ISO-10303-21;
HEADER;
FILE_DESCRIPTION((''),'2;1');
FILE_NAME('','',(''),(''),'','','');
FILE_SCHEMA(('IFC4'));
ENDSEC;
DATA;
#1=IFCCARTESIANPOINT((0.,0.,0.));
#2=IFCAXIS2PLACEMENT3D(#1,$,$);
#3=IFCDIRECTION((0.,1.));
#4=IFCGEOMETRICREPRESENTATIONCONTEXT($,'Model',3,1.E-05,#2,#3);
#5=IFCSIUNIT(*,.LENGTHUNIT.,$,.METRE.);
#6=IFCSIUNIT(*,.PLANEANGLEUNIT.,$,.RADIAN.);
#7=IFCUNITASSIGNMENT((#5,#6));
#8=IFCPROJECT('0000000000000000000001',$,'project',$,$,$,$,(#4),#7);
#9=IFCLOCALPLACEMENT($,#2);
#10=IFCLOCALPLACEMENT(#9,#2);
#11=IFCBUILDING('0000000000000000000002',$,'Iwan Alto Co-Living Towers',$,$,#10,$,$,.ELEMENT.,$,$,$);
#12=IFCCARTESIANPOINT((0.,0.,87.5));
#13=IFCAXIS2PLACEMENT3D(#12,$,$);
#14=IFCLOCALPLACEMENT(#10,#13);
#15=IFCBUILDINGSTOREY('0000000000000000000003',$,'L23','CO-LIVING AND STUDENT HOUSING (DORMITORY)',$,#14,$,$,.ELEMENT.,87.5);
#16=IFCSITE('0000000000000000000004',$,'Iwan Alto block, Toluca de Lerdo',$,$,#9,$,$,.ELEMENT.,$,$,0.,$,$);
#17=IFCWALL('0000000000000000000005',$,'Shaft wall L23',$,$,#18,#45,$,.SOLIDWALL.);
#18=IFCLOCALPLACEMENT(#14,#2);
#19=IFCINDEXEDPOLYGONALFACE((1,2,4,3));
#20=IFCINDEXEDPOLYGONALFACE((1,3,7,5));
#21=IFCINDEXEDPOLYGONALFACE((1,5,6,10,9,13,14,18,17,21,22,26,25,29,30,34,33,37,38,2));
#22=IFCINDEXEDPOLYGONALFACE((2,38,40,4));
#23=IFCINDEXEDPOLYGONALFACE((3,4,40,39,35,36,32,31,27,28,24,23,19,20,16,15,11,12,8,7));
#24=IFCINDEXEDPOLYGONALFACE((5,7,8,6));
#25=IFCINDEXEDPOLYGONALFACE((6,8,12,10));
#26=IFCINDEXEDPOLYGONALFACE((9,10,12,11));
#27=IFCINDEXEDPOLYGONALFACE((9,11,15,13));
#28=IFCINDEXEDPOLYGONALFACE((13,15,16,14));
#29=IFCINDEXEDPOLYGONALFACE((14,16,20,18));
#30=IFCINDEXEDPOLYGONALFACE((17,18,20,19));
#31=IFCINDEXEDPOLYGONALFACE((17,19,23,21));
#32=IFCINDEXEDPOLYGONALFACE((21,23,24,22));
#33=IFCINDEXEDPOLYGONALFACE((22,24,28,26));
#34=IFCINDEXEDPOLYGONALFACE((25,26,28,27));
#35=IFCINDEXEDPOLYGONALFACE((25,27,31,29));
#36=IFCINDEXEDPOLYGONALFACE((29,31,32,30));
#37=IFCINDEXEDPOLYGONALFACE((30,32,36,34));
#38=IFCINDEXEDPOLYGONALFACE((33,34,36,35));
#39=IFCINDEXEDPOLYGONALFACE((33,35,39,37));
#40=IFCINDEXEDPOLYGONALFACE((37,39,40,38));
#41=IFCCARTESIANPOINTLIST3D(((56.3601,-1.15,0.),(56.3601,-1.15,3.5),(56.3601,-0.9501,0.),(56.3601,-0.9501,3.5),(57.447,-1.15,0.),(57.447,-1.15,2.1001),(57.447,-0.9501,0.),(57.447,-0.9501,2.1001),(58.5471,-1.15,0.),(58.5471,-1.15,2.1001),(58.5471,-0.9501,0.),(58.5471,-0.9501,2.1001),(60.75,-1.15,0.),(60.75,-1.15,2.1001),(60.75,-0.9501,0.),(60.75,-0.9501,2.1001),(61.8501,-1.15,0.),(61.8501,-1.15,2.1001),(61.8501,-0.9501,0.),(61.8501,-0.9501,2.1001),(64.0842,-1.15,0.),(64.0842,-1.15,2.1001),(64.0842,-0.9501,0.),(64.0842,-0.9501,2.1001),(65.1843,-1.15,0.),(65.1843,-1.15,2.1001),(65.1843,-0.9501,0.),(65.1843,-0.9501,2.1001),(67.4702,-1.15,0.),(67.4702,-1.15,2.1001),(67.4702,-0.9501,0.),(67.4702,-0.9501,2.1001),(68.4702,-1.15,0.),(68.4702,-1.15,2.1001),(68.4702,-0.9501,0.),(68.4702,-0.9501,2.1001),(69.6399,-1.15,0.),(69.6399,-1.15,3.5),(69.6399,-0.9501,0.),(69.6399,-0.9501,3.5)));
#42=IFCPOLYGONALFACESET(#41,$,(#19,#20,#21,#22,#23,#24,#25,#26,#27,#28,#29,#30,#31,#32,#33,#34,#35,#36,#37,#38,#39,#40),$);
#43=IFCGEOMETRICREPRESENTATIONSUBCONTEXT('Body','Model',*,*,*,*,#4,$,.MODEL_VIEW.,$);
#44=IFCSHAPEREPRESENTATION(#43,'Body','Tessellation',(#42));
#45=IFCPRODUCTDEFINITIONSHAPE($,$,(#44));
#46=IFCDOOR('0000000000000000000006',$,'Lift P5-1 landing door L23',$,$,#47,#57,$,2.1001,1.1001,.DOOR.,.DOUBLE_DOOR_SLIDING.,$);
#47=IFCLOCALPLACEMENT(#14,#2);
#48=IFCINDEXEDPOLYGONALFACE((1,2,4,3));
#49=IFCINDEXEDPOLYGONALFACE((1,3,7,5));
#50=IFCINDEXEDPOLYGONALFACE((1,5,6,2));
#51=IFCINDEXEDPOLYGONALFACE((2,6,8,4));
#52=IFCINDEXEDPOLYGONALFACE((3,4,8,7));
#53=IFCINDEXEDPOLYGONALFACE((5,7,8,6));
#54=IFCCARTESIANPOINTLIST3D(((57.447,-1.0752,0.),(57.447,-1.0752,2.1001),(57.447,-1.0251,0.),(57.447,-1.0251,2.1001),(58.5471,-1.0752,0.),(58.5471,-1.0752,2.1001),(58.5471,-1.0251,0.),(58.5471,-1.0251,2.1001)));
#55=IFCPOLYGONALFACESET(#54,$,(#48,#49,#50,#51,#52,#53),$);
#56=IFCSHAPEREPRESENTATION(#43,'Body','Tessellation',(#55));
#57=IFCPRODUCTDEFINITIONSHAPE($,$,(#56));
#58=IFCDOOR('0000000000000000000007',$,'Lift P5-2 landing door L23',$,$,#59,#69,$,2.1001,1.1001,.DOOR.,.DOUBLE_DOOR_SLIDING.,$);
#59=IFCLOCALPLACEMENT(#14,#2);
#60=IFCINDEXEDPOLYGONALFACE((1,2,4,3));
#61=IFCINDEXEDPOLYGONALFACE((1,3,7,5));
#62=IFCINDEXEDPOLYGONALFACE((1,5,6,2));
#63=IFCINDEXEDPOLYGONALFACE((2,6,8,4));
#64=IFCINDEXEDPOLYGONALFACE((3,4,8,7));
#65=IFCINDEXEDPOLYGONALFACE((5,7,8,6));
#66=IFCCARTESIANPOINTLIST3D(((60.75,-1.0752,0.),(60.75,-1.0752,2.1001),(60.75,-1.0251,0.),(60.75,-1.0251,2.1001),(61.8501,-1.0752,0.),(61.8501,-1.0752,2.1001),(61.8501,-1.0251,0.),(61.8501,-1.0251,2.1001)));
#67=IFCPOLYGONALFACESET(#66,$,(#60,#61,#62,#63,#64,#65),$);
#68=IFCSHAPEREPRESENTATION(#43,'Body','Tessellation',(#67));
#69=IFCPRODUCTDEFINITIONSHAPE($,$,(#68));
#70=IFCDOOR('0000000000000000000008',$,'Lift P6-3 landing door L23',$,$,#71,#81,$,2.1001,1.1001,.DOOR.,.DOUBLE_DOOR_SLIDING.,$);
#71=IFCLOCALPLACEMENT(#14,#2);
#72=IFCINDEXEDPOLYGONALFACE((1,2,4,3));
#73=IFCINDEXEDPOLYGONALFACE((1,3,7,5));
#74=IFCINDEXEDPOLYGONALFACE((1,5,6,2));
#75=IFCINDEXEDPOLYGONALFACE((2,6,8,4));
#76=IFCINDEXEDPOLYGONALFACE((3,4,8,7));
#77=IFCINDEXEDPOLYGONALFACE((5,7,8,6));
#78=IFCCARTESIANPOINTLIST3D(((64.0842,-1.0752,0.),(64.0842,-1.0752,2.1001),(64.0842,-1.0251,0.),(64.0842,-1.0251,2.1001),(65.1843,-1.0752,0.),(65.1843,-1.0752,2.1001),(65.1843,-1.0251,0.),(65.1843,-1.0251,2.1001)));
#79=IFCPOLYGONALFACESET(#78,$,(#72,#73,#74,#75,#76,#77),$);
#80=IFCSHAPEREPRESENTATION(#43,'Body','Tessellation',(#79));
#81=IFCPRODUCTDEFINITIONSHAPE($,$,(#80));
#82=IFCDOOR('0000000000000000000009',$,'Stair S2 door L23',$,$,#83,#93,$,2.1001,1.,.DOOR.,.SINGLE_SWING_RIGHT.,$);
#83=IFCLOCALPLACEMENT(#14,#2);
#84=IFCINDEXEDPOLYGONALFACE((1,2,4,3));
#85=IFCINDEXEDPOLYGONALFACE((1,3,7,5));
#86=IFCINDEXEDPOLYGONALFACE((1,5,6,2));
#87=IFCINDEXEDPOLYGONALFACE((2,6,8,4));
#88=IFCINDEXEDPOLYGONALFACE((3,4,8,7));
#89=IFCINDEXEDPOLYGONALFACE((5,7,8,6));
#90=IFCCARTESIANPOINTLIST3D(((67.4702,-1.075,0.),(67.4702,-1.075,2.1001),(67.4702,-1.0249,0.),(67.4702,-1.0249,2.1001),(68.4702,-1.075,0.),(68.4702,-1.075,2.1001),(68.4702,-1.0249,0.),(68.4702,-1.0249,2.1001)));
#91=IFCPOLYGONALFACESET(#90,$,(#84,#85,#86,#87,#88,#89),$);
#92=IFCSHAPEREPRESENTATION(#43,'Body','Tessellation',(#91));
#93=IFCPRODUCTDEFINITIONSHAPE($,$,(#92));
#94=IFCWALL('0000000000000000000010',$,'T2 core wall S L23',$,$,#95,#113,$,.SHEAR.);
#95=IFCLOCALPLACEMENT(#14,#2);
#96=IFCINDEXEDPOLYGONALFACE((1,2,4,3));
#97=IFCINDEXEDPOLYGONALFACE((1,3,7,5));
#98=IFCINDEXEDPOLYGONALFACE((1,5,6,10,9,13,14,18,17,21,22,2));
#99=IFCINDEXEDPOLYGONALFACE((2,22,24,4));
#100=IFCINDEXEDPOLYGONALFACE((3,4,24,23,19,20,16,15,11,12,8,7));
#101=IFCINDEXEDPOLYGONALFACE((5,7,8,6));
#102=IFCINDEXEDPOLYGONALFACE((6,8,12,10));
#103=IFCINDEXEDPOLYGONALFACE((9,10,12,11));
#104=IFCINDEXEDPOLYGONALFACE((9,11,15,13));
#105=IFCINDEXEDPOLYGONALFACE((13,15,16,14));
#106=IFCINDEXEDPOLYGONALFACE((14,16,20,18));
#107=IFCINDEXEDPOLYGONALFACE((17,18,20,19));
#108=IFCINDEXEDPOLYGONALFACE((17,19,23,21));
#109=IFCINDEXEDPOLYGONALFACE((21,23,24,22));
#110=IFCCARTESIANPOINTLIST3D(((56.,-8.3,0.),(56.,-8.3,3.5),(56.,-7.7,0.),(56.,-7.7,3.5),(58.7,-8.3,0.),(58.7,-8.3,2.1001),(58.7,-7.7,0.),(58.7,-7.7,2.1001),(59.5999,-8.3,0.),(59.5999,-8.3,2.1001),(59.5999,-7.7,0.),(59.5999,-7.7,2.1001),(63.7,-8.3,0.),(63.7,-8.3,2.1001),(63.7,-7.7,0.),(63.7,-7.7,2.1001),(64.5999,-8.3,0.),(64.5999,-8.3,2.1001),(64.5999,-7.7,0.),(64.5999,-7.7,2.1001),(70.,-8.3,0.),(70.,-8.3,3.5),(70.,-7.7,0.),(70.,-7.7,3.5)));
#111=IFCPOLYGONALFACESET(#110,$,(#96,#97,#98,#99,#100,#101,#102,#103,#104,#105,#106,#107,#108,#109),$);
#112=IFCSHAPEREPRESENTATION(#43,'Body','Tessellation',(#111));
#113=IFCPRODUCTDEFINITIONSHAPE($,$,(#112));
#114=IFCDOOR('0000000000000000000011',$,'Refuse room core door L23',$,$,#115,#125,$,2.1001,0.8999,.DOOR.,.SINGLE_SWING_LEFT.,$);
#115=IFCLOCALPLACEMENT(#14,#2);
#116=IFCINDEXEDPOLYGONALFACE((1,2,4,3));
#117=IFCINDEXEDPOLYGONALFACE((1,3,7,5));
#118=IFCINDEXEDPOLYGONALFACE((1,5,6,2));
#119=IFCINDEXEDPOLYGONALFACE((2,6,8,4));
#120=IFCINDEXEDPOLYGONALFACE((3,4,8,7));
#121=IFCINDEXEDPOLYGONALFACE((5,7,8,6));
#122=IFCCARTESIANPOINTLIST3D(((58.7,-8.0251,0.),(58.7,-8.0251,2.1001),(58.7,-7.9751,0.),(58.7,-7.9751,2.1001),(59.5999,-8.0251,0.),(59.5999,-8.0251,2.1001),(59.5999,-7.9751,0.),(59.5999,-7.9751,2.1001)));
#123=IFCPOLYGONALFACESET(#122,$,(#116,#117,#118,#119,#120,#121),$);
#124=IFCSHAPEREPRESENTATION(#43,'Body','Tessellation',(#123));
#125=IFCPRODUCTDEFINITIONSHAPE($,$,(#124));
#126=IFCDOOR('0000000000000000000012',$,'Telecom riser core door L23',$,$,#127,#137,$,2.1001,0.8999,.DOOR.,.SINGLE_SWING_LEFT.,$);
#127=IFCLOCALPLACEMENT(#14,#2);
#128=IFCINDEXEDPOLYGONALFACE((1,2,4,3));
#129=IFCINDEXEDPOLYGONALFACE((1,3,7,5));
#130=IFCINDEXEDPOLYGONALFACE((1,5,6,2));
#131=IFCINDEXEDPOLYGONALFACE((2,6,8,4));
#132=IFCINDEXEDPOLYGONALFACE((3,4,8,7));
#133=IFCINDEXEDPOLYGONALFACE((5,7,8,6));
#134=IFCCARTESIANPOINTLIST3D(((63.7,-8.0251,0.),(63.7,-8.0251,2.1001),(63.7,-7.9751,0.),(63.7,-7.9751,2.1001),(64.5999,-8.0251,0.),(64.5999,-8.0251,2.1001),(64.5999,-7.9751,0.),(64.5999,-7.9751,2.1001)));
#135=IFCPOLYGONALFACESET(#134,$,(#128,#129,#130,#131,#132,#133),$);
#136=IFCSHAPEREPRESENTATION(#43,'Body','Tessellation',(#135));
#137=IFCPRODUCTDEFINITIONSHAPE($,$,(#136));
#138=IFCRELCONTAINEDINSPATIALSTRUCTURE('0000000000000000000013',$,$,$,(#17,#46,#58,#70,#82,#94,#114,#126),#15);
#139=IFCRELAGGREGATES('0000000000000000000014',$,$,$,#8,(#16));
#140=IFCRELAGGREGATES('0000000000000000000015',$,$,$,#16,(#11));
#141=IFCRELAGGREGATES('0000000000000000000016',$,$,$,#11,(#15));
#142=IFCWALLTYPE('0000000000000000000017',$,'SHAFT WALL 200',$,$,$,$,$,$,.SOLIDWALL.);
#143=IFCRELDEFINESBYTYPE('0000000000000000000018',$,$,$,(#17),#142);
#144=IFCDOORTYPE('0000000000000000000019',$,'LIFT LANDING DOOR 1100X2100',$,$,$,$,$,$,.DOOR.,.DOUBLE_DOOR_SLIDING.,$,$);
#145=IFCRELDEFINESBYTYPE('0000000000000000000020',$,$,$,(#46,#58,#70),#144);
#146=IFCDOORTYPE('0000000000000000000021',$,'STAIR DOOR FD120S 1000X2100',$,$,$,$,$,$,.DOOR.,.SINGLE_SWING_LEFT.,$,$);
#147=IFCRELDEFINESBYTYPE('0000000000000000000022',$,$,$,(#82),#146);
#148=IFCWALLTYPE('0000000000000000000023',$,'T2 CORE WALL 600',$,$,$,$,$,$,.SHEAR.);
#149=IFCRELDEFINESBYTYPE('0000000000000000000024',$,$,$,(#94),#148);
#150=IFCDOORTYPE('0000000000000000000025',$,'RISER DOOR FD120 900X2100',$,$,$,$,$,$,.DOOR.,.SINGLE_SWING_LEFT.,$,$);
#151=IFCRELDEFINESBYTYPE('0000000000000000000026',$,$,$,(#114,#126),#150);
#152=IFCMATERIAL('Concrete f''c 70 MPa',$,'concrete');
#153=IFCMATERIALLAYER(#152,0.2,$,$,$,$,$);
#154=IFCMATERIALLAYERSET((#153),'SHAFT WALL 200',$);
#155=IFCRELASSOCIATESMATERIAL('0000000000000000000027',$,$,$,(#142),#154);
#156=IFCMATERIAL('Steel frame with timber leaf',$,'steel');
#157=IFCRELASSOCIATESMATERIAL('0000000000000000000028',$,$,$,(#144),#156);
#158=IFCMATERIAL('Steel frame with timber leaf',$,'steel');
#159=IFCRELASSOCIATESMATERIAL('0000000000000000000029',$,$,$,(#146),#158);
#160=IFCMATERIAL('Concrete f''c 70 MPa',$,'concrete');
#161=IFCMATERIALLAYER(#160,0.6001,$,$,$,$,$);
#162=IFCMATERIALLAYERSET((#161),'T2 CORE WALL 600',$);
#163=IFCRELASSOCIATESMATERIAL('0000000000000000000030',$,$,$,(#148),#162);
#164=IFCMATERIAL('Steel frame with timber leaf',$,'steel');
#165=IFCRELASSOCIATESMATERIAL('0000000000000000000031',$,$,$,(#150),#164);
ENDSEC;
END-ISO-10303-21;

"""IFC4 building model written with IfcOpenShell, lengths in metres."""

from ifc_helpers import new_model, si_unit, direction, frame, frame_2d, origin, place, context, subcontext, project, spatial, rectangle, extrude, material, layer, layer_set, type_object, element, fill, save


model = new_model("IFC4")

# Units and contexts
model_context = context("Model", 3, precision=1e-05, world=origin(), true_north=direction((0.0, 1.0)))
body_context = subcontext(model_context, "Body", "Model", "MODEL_VIEW")
ifc_project = project(units=[si_unit("LENGTHUNIT", "METRE"), si_unit("PLANEANGLEUNIT", "RADIAN")], contexts=[model_context])

# Site, building, storey
site_placement = place(None, origin())
site = spatial("IfcSite", under=ifc_project, at=site_placement, Name="Iwan Alto block, Toluca de Lerdo", CompositionType="ELEMENT", RefElevation=0.0)
building_placement = place(site_placement, origin())
building = spatial("IfcBuilding", under=site, at=building_placement, Name="Iwan Alto Co-Living Towers", CompositionType="ELEMENT")
storey_placement = place(building_placement, frame((0.0, 0.0, 87.5)))
storey = spatial("IfcBuildingStorey", under=building, at=storey_placement, Name="L23", Description="CO-LIVING AND STUDENT HOUSING (DORMITORY)", CompositionType="ELEMENT", Elevation=87.5)

# Shared definitions
ifc_material_1 = material(Name="Concrete f'c 70 MPa", Category="concrete")
ifc_layer_1 = layer(ifc_material_1, 0.2)
ifc_layer_set_1 = layer_set([ifc_layer_1], Name="SHAFT WALL 200")
wall_type_1 = type_object("IfcWallType", Name="SHAFT WALL 200", PredefinedType="SOLIDWALL", material=ifc_layer_set_1)

# Walls, openings, doors
wall_1_placement = place(storey_placement, frame((56.3601, -1.05, 0.0), z_axis=(0.0, 0.0, 1.0), x_axis=(1.0, 0.0, 0.0)))
wall_1 = element("IfcWall", 1, at=wall_1_placement, inside=storey, type_object=wall_type_1, Name="Shaft wall L23", PredefinedType="SOLIDWALL", context=body_context, shape_type="SweptSolid", body=[
    extrude(rectangle(XDim=13.2798, YDim=0.2, at=frame_2d((6.6399, 0.0))), origin(), (0.0, 0.0, 1.0), 3.5),
])
opening_1_placement = place(wall_1_placement, frame((11.1101, 0.0, 0.0)))
opening_1 = element("IfcOpeningElement", 2, at=opening_1_placement, cuts=wall_1, PredefinedType="OPENING", context=body_context, shape_type="SweptSolid", body=[
    extrude(rectangle(XDim=1.0, YDim=2.1001, at=frame_2d((0.5, 1.05))), frame((0.0, 0.1099, 0.0), z_axis=(0.0, -1.0, 0.0), x_axis=(1.0, 0.0, 0.0)), (0.0, 0.0, 1.0), 0.22),
])
opening_2_placement = place(wall_1_placement, frame((1.0869, 0.0, 0.0)))
opening_2 = element("IfcOpeningElement", 3, at=opening_2_placement, cuts=wall_1, PredefinedType="OPENING", context=body_context, shape_type="SweptSolid", body=[
    extrude(rectangle(XDim=1.1001, YDim=2.1001, at=frame_2d((0.55, 1.05))), frame((0.0, 0.1099, 0.0), z_axis=(0.0, -1.0, 0.0), x_axis=(1.0, 0.0, 0.0)), (0.0, 0.0, 1.0), 0.22),
])
opening_3_placement = place(wall_1_placement, frame((4.3899, 0.0, 0.0)))
opening_3 = element("IfcOpeningElement", 4, at=opening_3_placement, cuts=wall_1, PredefinedType="OPENING", context=body_context, shape_type="SweptSolid", body=[
    extrude(rectangle(XDim=1.1001, YDim=2.1001, at=frame_2d((0.55, 1.05))), frame((0.0, 0.1099, 0.0), z_axis=(0.0, -1.0, 0.0), x_axis=(1.0, 0.0, 0.0)), (0.0, 0.0, 1.0), 0.22),
])
opening_4_placement = place(wall_1_placement, frame((7.7241, 0.0, 0.0)))
opening_4 = element("IfcOpeningElement", 5, at=opening_4_placement, cuts=wall_1, PredefinedType="OPENING", context=body_context, shape_type="SweptSolid", body=[
    extrude(rectangle(XDim=1.1001, YDim=2.1001, at=frame_2d((0.55, 1.05))), frame((0.0, 0.1099, 0.0), z_axis=(0.0, -1.0, 0.0), x_axis=(1.0, 0.0, 0.0)), (0.0, 0.0, 1.0), 0.22),
])
ifc_material_2 = material(Name="Steel frame with timber leaf", Category="steel")
door_type_1 = type_object("IfcDoorType", Name="LIFT LANDING DOOR 1100X2100", OperationType="DOUBLE_DOOR_SLIDING", PredefinedType="DOOR", material=ifc_material_2)
door_1_placement = place(opening_2_placement, origin())
door_1 = element("IfcDoor", 6, at=door_1_placement, inside=storey, type_object=door_type_1, Name="Lift P5-1 landing door L23", OperationType="DOUBLE_DOOR_SLIDING", OverallHeight=2.1001, OverallWidth=1.1001, PredefinedType="DOOR", context=body_context, shape_type="SweptSolid", body=[
    extrude(rectangle(XDim=1.1001, YDim=2.1001, at=frame_2d((0.55, 1.05))), frame((0.0, 0.0249, 0.0), z_axis=(0.0, -1.0, 0.0), x_axis=(1.0, 0.0, 0.0)), (0.0, 0.0, 1.0), 0.05),
])
fill(opening_2, door_1)
door_2_placement = place(opening_3_placement, origin())
door_2 = element("IfcDoor", 7, at=door_2_placement, inside=storey, type_object=door_type_1, Name="Lift P5-2 landing door L23", OperationType="DOUBLE_DOOR_SLIDING", OverallHeight=2.1001, OverallWidth=1.1001, PredefinedType="DOOR", context=body_context, shape_type="SweptSolid", body=[
    extrude(rectangle(XDim=1.1001, YDim=2.1001, at=frame_2d((0.55, 1.05))), frame((0.0, 0.0249, 0.0), z_axis=(0.0, -1.0, 0.0), x_axis=(1.0, 0.0, 0.0)), (0.0, 0.0, 1.0), 0.05),
])
fill(opening_3, door_2)
door_3_placement = place(opening_4_placement, origin())
door_3 = element("IfcDoor", 8, at=door_3_placement, inside=storey, type_object=door_type_1, Name="Lift P6-3 landing door L23", OperationType="DOUBLE_DOOR_SLIDING", OverallHeight=2.1001, OverallWidth=1.1001, PredefinedType="DOOR", context=body_context, shape_type="SweptSolid", body=[
    extrude(rectangle(XDim=1.1001, YDim=2.1001, at=frame_2d((0.55, 1.05))), frame((0.0, 0.0249, 0.0), z_axis=(0.0, -1.0, 0.0), x_axis=(1.0, 0.0, 0.0)), (0.0, 0.0, 1.0), 0.05),
])
fill(opening_4, door_3)
ifc_material_3 = material(Name="Steel frame with timber leaf", Category="steel")
door_type_2 = type_object("IfcDoorType", Name="STAIR DOOR FD120S 1000X2100", OperationType="SINGLE_SWING_LEFT", PredefinedType="DOOR", material=ifc_material_3)
door_4_placement = place(opening_1_placement, frame((1.0, 0.0, 0.0), z_axis=(0.0, 0.0, 1.0), x_axis=(-1.0, 0.0, 0.0)))
door_4 = element("IfcDoor", 9, at=door_4_placement, inside=storey, type_object=door_type_2, Name="Stair S2 door L23", OperationType="SINGLE_SWING_RIGHT", OverallHeight=2.1001, OverallWidth=1.0, PredefinedType="DOOR", context=body_context, shape_type="SweptSolid", body=[
    extrude(rectangle(XDim=1.0, YDim=2.1001, at=frame_2d((0.5, 1.05))), frame((0.0, 0.0249, 0.0), z_axis=(0.0, -1.0, 0.0), x_axis=(1.0, 0.0, 0.0)), (0.0, 0.0, 1.0), 0.05),
])
fill(opening_1, door_4)
ifc_material_4 = material(Name="Concrete f'c 70 MPa", Category="concrete")
ifc_layer_2 = layer(ifc_material_4, 0.6001)
ifc_layer_set_2 = layer_set([ifc_layer_2], Name="T2 CORE WALL 600")
wall_type_2 = type_object("IfcWallType", Name="T2 CORE WALL 600", PredefinedType="SHEAR", material=ifc_layer_set_2)
wall_2_placement = place(storey_placement, frame((56.0, -8.0, 0.0), z_axis=(0.0, 0.0, 1.0), x_axis=(1.0, 0.0, 0.0)))
wall_2 = element("IfcWall", 10, at=wall_2_placement, inside=storey, type_object=wall_type_2, Name="T2 core wall S L23", PredefinedType="SHEAR", context=body_context, shape_type="SweptSolid", body=[
    extrude(rectangle(XDim=14.0, YDim=0.6001, at=frame_2d((7.0, 0.0))), origin(), (0.0, 0.0, 1.0), 3.5),
])
opening_5_placement = place(wall_2_placement, frame((2.7, 0.0, 0.0)))
opening_5 = element("IfcOpeningElement", 11, at=opening_5_placement, cuts=wall_2, PredefinedType="OPENING", context=body_context, shape_type="SweptSolid", body=[
    extrude(rectangle(XDim=0.8999, YDim=2.1001, at=frame_2d((0.45, 1.05))), frame((0.0, 0.3101, 0.0), z_axis=(0.0, -1.0, 0.0), x_axis=(1.0, 0.0, 0.0)), (0.0, 0.0, 1.0), 0.6201),
])
opening_6_placement = place(wall_2_placement, frame((7.7, 0.0, 0.0)))
opening_6 = element("IfcOpeningElement", 12, at=opening_6_placement, cuts=wall_2, PredefinedType="OPENING", context=body_context, shape_type="SweptSolid", body=[
    extrude(rectangle(XDim=0.8999, YDim=2.1001, at=frame_2d((0.45, 1.05))), frame((0.0, 0.3101, 0.0), z_axis=(0.0, -1.0, 0.0), x_axis=(1.0, 0.0, 0.0)), (0.0, 0.0, 1.0), 0.6201),
])
ifc_material_5 = material(Name="Steel frame with timber leaf", Category="steel")
door_type_3 = type_object("IfcDoorType", Name="RISER DOOR FD120 900X2100", OperationType="SINGLE_SWING_LEFT", PredefinedType="DOOR", material=ifc_material_5)
door_5_placement = place(opening_5_placement, origin())
door_5 = element("IfcDoor", 13, at=door_5_placement, inside=storey, type_object=door_type_3, Name="Refuse room core door L23", OperationType="SINGLE_SWING_LEFT", OverallHeight=2.1001, OverallWidth=0.8999, PredefinedType="DOOR", context=body_context, shape_type="SweptSolid", body=[
    extrude(rectangle(XDim=0.8999, YDim=2.1001, at=frame_2d((0.45, 1.05))), frame((0.0, 0.0249, 0.0), z_axis=(0.0, -1.0, 0.0), x_axis=(1.0, 0.0, 0.0)), (0.0, 0.0, 1.0), 0.05),
])
fill(opening_5, door_5)
door_6_placement = place(opening_6_placement, origin())
door_6 = element("IfcDoor", 14, at=door_6_placement, inside=storey, type_object=door_type_3, Name="Telecom riser core door L23", OperationType="SINGLE_SWING_LEFT", OverallHeight=2.1001, OverallWidth=0.8999, PredefinedType="DOOR", context=body_context, shape_type="SweptSolid", body=[
    extrude(rectangle(XDim=0.8999, YDim=2.1001, at=frame_2d((0.45, 1.05))), frame((0.0, 0.0249, 0.0), z_axis=(0.0, -1.0, 0.0), x_axis=(1.0, 0.0, 0.0)), (0.0, 0.0, 1.0), 0.05),
])
fill(opening_6, door_6)

save(model, "model.ifc")
